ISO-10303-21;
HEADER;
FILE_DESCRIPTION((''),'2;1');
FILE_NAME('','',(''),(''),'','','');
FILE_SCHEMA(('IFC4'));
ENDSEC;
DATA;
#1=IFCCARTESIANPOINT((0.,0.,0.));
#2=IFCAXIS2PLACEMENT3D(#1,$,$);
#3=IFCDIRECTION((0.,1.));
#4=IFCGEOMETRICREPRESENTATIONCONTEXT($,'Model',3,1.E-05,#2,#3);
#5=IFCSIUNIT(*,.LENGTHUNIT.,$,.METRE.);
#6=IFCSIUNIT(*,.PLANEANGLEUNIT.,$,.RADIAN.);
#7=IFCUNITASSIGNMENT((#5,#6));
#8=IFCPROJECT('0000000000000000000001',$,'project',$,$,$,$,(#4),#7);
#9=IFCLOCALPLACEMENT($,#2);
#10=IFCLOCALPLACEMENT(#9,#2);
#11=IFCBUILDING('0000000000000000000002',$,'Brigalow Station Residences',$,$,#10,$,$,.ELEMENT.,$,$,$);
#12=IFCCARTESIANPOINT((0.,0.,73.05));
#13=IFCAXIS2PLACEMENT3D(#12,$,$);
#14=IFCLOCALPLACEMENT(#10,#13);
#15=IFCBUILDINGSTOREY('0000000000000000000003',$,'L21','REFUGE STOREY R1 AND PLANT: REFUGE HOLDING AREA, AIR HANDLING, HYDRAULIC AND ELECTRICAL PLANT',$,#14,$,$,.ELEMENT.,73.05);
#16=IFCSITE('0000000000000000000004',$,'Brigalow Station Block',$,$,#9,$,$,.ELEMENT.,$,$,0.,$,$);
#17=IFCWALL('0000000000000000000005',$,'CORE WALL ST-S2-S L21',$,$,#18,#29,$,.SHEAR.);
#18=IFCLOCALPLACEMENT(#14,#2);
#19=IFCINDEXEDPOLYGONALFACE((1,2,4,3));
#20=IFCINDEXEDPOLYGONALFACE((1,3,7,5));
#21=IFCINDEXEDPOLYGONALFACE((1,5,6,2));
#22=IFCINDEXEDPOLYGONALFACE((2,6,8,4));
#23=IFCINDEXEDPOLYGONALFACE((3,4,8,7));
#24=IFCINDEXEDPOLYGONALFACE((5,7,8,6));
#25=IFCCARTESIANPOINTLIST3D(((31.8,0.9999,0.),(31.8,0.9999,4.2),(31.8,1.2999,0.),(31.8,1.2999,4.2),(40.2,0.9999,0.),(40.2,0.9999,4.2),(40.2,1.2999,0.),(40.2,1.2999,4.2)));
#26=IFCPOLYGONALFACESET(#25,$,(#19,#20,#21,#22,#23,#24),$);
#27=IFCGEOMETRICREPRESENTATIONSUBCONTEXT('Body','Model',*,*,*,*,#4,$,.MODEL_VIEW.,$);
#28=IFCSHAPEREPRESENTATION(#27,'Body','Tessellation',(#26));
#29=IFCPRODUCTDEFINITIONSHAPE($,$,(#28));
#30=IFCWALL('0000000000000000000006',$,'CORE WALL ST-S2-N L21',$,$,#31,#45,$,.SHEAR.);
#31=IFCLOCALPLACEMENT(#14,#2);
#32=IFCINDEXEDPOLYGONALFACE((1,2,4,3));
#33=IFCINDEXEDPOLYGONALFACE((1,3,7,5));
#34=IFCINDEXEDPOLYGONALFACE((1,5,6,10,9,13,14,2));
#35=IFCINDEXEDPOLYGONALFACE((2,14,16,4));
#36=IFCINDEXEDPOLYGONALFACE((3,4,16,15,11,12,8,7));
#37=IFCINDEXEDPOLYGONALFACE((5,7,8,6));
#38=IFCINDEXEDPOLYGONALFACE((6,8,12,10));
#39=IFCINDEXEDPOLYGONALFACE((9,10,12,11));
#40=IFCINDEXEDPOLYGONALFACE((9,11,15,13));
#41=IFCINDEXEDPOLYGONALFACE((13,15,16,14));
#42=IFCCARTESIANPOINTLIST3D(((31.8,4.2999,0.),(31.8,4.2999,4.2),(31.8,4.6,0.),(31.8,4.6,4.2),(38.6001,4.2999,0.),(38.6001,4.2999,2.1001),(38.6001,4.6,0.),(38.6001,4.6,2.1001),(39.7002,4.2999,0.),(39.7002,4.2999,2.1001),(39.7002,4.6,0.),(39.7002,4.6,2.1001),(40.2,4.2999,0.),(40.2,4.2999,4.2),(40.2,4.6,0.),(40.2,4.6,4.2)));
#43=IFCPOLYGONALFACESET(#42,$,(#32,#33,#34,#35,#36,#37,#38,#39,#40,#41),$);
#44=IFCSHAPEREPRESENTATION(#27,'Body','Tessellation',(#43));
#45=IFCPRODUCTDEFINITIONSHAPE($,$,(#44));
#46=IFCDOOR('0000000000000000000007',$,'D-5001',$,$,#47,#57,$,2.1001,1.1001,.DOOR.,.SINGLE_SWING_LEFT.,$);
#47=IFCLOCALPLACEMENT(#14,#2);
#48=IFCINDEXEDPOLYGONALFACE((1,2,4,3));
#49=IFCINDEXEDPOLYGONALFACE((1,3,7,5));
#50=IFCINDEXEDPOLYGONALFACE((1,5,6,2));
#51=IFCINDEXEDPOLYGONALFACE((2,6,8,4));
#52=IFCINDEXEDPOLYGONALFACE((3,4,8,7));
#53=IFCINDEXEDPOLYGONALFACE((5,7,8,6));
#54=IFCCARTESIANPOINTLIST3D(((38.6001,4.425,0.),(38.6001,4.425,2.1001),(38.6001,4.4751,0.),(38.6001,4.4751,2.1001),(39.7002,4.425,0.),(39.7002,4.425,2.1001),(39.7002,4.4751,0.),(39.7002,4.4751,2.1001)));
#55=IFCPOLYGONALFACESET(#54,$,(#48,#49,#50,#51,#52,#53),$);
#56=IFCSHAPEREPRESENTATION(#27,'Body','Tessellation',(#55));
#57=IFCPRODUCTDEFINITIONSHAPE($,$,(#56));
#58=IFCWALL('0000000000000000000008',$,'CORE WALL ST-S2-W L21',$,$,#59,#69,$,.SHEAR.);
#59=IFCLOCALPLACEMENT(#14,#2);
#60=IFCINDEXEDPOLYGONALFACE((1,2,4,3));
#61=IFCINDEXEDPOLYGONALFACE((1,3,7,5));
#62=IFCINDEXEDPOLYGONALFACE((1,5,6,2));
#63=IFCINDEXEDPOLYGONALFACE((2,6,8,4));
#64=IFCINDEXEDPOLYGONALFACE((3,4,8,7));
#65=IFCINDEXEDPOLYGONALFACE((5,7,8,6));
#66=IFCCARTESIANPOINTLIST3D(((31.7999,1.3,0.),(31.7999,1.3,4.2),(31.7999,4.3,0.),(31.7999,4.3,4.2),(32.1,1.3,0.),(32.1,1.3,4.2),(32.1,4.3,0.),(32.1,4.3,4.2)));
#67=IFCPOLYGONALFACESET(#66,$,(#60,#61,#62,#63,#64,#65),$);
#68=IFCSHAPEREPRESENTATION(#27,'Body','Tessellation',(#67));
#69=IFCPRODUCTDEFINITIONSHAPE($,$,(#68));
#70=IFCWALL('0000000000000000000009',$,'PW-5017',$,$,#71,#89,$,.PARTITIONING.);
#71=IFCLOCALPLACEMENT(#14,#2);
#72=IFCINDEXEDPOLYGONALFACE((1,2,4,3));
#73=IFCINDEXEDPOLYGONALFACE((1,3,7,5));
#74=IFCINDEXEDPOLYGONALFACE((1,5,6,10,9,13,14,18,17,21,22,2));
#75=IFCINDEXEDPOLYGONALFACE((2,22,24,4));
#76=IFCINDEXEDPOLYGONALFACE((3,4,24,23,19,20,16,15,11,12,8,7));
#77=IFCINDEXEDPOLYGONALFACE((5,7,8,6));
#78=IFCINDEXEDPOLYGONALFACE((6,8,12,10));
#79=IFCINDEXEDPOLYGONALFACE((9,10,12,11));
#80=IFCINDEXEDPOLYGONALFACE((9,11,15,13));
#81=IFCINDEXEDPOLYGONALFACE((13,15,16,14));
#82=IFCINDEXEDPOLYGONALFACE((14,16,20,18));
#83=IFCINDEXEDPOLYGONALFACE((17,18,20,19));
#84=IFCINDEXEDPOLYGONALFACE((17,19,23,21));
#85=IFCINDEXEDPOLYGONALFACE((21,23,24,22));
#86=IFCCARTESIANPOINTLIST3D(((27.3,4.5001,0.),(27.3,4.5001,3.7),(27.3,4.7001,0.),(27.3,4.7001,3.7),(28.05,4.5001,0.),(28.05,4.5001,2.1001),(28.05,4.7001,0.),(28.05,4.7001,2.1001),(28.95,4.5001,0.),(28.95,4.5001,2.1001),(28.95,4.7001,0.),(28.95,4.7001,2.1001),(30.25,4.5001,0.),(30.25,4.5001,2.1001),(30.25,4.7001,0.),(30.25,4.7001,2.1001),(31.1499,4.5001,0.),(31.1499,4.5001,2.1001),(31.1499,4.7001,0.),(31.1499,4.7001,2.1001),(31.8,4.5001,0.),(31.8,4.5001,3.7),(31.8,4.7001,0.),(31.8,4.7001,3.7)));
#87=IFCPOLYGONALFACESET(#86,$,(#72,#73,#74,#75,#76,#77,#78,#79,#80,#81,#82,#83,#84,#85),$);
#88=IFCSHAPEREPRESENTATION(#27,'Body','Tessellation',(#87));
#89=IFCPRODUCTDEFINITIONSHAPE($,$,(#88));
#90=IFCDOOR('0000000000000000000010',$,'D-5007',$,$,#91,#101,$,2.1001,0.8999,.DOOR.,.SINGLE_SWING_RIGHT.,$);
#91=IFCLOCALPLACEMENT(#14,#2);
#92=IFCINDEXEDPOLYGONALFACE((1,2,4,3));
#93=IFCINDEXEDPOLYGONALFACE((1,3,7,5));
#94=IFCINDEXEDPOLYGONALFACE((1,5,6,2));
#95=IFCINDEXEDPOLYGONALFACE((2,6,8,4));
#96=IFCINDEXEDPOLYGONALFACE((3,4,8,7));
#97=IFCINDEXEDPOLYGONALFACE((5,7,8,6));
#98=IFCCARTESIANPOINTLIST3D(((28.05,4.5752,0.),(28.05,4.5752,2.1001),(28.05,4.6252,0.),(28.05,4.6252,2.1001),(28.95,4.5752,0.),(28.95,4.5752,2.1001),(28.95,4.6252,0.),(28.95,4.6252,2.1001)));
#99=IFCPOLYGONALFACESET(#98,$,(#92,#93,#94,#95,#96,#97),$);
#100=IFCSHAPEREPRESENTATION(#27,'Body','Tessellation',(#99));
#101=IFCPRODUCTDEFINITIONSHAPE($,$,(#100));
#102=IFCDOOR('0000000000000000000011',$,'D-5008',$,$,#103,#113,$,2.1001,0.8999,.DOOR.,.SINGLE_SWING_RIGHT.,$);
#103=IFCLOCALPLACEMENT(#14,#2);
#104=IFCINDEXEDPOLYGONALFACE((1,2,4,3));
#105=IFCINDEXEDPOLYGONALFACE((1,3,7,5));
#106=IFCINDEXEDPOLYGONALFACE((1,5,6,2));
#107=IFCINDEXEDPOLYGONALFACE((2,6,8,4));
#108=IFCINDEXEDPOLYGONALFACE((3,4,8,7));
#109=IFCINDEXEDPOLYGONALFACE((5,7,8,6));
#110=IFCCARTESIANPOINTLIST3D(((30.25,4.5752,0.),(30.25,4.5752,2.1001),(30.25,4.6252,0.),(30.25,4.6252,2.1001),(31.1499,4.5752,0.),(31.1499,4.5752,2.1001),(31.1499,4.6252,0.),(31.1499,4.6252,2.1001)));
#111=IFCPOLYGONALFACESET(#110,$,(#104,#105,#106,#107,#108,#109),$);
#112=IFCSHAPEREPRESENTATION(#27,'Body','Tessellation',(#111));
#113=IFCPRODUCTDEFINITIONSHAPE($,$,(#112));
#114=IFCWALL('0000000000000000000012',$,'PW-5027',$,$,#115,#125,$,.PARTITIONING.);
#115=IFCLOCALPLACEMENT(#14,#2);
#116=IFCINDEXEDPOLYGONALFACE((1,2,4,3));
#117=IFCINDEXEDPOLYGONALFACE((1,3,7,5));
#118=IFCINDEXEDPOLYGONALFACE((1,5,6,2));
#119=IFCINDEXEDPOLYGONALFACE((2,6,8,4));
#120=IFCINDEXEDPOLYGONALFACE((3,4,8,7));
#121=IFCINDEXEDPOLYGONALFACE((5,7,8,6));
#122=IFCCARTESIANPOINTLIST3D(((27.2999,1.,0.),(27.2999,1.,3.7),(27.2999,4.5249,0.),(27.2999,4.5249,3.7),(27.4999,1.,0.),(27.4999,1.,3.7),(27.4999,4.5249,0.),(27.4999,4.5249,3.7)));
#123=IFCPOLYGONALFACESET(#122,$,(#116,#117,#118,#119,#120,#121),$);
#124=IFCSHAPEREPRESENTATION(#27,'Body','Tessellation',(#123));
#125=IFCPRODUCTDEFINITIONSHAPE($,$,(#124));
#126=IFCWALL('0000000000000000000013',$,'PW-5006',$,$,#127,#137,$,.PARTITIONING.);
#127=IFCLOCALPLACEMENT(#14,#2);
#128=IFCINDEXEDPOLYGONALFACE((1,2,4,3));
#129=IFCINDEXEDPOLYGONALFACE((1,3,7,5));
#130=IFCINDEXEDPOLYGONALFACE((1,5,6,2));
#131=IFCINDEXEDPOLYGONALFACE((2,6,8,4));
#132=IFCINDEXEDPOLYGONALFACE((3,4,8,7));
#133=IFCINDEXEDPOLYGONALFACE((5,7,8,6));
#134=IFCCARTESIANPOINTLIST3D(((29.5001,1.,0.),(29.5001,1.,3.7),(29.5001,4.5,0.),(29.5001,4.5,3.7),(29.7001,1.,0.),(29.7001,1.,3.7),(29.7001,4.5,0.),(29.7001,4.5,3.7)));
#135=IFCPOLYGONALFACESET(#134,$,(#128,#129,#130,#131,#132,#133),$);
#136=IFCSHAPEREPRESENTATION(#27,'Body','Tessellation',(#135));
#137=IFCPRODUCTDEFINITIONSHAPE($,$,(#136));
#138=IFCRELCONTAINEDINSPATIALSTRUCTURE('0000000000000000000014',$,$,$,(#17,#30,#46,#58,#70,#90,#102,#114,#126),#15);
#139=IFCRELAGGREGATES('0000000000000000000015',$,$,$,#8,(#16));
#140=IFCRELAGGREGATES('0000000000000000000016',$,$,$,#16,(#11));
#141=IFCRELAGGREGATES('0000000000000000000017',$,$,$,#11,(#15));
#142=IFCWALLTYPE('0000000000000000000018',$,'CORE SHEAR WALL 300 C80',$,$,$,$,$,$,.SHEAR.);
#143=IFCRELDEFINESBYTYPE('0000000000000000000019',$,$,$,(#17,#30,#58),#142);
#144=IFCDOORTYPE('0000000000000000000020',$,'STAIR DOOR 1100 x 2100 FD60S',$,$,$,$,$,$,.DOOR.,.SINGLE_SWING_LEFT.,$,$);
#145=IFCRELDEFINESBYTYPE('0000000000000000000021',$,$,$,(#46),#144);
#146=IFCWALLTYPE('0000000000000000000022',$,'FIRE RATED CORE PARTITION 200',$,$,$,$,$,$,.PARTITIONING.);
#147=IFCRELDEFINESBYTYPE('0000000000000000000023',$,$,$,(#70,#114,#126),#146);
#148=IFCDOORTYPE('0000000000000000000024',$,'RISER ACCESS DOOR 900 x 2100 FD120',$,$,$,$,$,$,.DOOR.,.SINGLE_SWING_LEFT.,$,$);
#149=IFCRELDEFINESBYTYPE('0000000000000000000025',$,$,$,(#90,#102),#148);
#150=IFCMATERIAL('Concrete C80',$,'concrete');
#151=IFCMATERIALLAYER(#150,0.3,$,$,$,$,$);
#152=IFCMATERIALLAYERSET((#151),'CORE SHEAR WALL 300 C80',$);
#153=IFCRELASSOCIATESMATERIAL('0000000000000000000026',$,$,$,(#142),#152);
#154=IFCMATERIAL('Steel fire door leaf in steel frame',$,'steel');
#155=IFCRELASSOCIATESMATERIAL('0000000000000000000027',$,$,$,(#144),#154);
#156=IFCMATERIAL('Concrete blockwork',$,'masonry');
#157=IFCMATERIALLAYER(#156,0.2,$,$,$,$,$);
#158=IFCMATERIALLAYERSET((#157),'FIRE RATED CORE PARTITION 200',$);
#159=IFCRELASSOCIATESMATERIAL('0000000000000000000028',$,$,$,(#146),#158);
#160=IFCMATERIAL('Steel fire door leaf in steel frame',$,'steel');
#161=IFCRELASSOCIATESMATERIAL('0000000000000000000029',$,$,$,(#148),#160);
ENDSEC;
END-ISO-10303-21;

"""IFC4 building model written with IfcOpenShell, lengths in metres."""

from ifc_helpers import new_model, si_unit, direction, frame, frame_2d, origin, place, context, subcontext, project, spatial, rectangle, extrude, material, layer, layer_set, type_object, element, fill, save


model = new_model("IFC4")

# Units and contexts
model_context = context("Model", 3, precision=1e-05, world=origin(), true_north=direction((0.0, 1.0)))
body_context = subcontext(model_context, "Body", "Model", "MODEL_VIEW")
ifc_project = project(units=[si_unit("LENGTHUNIT", "METRE"), si_unit("PLANEANGLEUNIT", "RADIAN")], contexts=[model_context])

# Site, building, storey
site_placement = place(None, origin())
site = spatial("IfcSite", under=ifc_project, at=site_placement, Name="Brigalow Station Block", CompositionType="ELEMENT", RefElevation=0.0)
building_placement = place(site_placement, origin())
building = spatial("IfcBuilding", under=site, at=building_placement, Name="Brigalow Station Residences", CompositionType="ELEMENT")
storey_placement = place(building_placement, frame((0.0, 0.0, 73.05)))
storey = spatial("IfcBuildingStorey", under=building, at=storey_placement, Name="L21", Description="REFUGE STOREY R1 AND PLANT: REFUGE HOLDING AREA, AIR HANDLING, HYDRAULIC AND ELECTRICAL PLANT", CompositionType="ELEMENT", Elevation=73.05)

# Wall
ifc_material_1 = material(Name="Concrete C80", Category="concrete")
ifc_layer_1 = layer(ifc_material_1, 0.3)
ifc_layer_set_1 = layer_set([ifc_layer_1], Name="CORE SHEAR WALL 300 C80")
wall_type_1 = type_object("IfcWallType", Name="CORE SHEAR WALL 300 C80", PredefinedType="SHEAR", material=ifc_layer_set_1)
wall_1_placement = place(storey_placement, frame((31.8, 1.1499, 0.0), z_axis=(0.0, 0.0, 1.0), x_axis=(1.0, 0.0, 0.0)))
element("IfcWall", 1, at=wall_1_placement, inside=storey, type_object=wall_type_1, Name="CORE WALL ST-S2-S L21", PredefinedType="SHEAR", context=body_context, shape_type="SweptSolid", body=[
    extrude(rectangle(XDim=8.3999, YDim=0.3, at=frame_2d((4.2, 0.0))), origin(), (0.0, 0.0, 1.0), 4.2),
])

# Wall, opening, door
wall_2_placement = place(storey_placement, frame((31.8, 4.45, 0.0), z_axis=(0.0, 0.0, 1.0), x_axis=(1.0, 0.0, 0.0)))
wall_2 = element("IfcWall", 2, at=wall_2_placement, inside=storey, type_object=wall_type_1, Name="CORE WALL ST-S2-N L21", PredefinedType="SHEAR", context=body_context, shape_type="SweptSolid", body=[
    extrude(rectangle(XDim=8.3999, YDim=0.3, at=frame_2d((4.2, 0.0))), origin(), (0.0, 0.0, 1.0), 4.2),
])
opening_1_placement = place(wall_2_placement, frame((6.8, 0.0, 0.0)))
opening_1 = element("IfcOpeningElement", 3, at=opening_1_placement, cuts=wall_2, PredefinedType="OPENING", context=body_context, shape_type="SweptSolid", body=[
    extrude(rectangle(XDim=1.1001, YDim=2.1001, at=frame_2d((0.55, 1.05))), frame((0.0, 0.1602, 0.0), z_axis=(0.0, -1.0, 0.0), x_axis=(1.0, 0.0, 0.0)), (0.0, 0.0, 1.0), 0.3201),
])
ifc_material_2 = material(Name="Steel fire door leaf in steel frame", Category="steel")
door_type_1 = type_object("IfcDoorType", Name="STAIR DOOR 1100 x 2100 FD60S", OperationType="SINGLE_SWING_LEFT", PredefinedType="DOOR", material=ifc_material_2)
door_1_placement = place(opening_1_placement, frame((1.1001, 0.0, 0.0), z_axis=(0.0, 0.0, 1.0), x_axis=(-1.0, 0.0, 0.0)))
door_1 = element("IfcDoor", 4, at=door_1_placement, inside=storey, type_object=door_type_1, Name="D-5001", OperationType="SINGLE_SWING_LEFT", OverallHeight=2.1001, OverallWidth=1.1001, PredefinedType="DOOR", context=body_context, shape_type="SweptSolid", body=[
    extrude(rectangle(XDim=1.1001, YDim=2.1001, at=frame_2d((0.55, 1.05))), frame((0.0, 0.0249, 0.0), z_axis=(0.0, -1.0, 0.0), x_axis=(1.0, 0.0, 0.0)), (0.0, 0.0, 1.0), 0.05),
])
fill(opening_1, door_1)

# Wall
wall_3_placement = place(storey_placement, frame((31.95, 1.3, 0.0), z_axis=(0.0, 0.0, 1.0), x_axis=(0.0, 1.0, 0.0)))
element("IfcWall", 5, at=wall_3_placement, inside=storey, type_object=wall_type_1, Name="CORE WALL ST-S2-W L21", PredefinedType="SHEAR", context=body_context, shape_type="SweptSolid", body=[
    extrude(rectangle(XDim=3.0, YDim=0.3, at=frame_2d((1.5, 0.0))), origin(), (0.0, 0.0, 1.0), 4.2),
])

# Wall, openings, doors
ifc_material_3 = material(Name="Concrete blockwork", Category="masonry")
ifc_layer_2 = layer(ifc_material_3, 0.2)
ifc_layer_set_2 = layer_set([ifc_layer_2], Name="FIRE RATED CORE PARTITION 200")
wall_type_2 = type_object("IfcWallType", Name="FIRE RATED CORE PARTITION 200", PredefinedType="PARTITIONING", material=ifc_layer_set_2)
wall_4_placement = place(storey_placement, frame((27.3, 4.6001, 0.0), z_axis=(0.0, 0.0, 1.0), x_axis=(1.0, 0.0, 0.0)))
wall_4 = element("IfcWall", 6, at=wall_4_placement, inside=storey, type_object=wall_type_2, Name="PW-5017", PredefinedType="PARTITIONING", context=body_context, shape_type="SweptSolid", body=[
    extrude(rectangle(XDim=4.5, YDim=0.2, at=frame_2d((2.25, 0.0))), origin(), (0.0, 0.0, 1.0), 3.7),
])
opening_2_placement = place(wall_4_placement, frame((0.75, 0.0, 0.0)))
opening_2 = element("IfcOpeningElement", 7, at=opening_2_placement, cuts=wall_4, PredefinedType="OPENING", context=body_context, shape_type="SweptSolid", body=[
    extrude(rectangle(XDim=0.8999, YDim=2.1001, at=frame_2d((0.45, 1.05))), frame((0.0, 0.1099, 0.0), z_axis=(0.0, -1.0, 0.0), x_axis=(1.0, 0.0, 0.0)), (0.0, 0.0, 1.0), 0.22),
])
opening_3_placement = place(wall_4_placement, frame((2.95, 0.0, 0.0)))
opening_3 = element("IfcOpeningElement", 8, at=opening_3_placement, cuts=wall_4, PredefinedType="OPENING", context=body_context, shape_type="SweptSolid", body=[
    extrude(rectangle(XDim=0.8999, YDim=2.1001, at=frame_2d((0.45, 1.05))), frame((0.0, 0.1099, 0.0), z_axis=(0.0, -1.0, 0.0), x_axis=(1.0, 0.0, 0.0)), (0.0, 0.0, 1.0), 0.22),
])
ifc_material_4 = material(Name="Steel fire door leaf in steel frame", Category="steel")
door_type_2 = type_object("IfcDoorType", Name="RISER ACCESS DOOR 900 x 2100 FD120", OperationType="SINGLE_SWING_LEFT", PredefinedType="DOOR", material=ifc_material_4)
door_2_placement = place(opening_2_placement, frame((0.8999, 0.0, 0.0), z_axis=(0.0, 0.0, 1.0), x_axis=(-1.0, 0.0, 0.0)))
door_2 = element("IfcDoor", 9, at=door_2_placement, inside=storey, type_object=door_type_2, Name="D-5007", OperationType="SINGLE_SWING_RIGHT", OverallHeight=2.1001, OverallWidth=0.8999, PredefinedType="DOOR", context=body_context, shape_type="SweptSolid", body=[
    extrude(rectangle(XDim=0.8999, YDim=2.1001, at=frame_2d((0.45, 1.05))), frame((0.0, 0.0249, 0.0), z_axis=(0.0, -1.0, 0.0), x_axis=(1.0, 0.0, 0.0)), (0.0, 0.0, 1.0), 0.05),
])
fill(opening_2, door_2)
door_3_placement = place(opening_3_placement, frame((0.8999, 0.0, 0.0), z_axis=(0.0, 0.0, 1.0), x_axis=(-1.0, 0.0, 0.0)))
door_3 = element("IfcDoor", 10, at=door_3_placement, inside=storey, type_object=door_type_2, Name="D-5008", OperationType="SINGLE_SWING_RIGHT", OverallHeight=2.1001, OverallWidth=0.8999, PredefinedType="DOOR", context=body_context, shape_type="SweptSolid", body=[
    extrude(rectangle(XDim=0.8999, YDim=2.1001, at=frame_2d((0.45, 1.05))), frame((0.0, 0.0249, 0.0), z_axis=(0.0, -1.0, 0.0), x_axis=(1.0, 0.0, 0.0)), (0.0, 0.0, 1.0), 0.05),
])
fill(opening_3, door_3)

# Walls
wall_5_placement = place(storey_placement, frame((27.3999, 1.0, 0.0), z_axis=(0.0, 0.0, 1.0), x_axis=(0.0, 1.0, 0.0)))
element("IfcWall", 11, at=wall_5_placement, inside=storey, type_object=wall_type_2, Name="PW-5027", PredefinedType="PARTITIONING", context=body_context, shape_type="SweptSolid", body=[
    extrude(rectangle(XDim=3.5249, YDim=0.2, at=frame_2d((1.7625, 0.0))), origin(), (0.0, 0.0, 1.0), 3.7),
])
wall_6_placement = place(storey_placement, frame((29.6001, 1.0, 0.0), z_axis=(0.0, 0.0, 1.0), x_axis=(0.0, 1.0, 0.0)))
element("IfcWall", 12, at=wall_6_placement, inside=storey, type_object=wall_type_2, Name="PW-5006", PredefinedType="PARTITIONING", context=body_context, shape_type="SweptSolid", body=[
    extrude(rectangle(XDim=3.5, YDim=0.2, at=frame_2d((1.75, 0.0))), origin(), (0.0, 0.0, 1.0), 3.7),
])

save(model, "model.ifc")
